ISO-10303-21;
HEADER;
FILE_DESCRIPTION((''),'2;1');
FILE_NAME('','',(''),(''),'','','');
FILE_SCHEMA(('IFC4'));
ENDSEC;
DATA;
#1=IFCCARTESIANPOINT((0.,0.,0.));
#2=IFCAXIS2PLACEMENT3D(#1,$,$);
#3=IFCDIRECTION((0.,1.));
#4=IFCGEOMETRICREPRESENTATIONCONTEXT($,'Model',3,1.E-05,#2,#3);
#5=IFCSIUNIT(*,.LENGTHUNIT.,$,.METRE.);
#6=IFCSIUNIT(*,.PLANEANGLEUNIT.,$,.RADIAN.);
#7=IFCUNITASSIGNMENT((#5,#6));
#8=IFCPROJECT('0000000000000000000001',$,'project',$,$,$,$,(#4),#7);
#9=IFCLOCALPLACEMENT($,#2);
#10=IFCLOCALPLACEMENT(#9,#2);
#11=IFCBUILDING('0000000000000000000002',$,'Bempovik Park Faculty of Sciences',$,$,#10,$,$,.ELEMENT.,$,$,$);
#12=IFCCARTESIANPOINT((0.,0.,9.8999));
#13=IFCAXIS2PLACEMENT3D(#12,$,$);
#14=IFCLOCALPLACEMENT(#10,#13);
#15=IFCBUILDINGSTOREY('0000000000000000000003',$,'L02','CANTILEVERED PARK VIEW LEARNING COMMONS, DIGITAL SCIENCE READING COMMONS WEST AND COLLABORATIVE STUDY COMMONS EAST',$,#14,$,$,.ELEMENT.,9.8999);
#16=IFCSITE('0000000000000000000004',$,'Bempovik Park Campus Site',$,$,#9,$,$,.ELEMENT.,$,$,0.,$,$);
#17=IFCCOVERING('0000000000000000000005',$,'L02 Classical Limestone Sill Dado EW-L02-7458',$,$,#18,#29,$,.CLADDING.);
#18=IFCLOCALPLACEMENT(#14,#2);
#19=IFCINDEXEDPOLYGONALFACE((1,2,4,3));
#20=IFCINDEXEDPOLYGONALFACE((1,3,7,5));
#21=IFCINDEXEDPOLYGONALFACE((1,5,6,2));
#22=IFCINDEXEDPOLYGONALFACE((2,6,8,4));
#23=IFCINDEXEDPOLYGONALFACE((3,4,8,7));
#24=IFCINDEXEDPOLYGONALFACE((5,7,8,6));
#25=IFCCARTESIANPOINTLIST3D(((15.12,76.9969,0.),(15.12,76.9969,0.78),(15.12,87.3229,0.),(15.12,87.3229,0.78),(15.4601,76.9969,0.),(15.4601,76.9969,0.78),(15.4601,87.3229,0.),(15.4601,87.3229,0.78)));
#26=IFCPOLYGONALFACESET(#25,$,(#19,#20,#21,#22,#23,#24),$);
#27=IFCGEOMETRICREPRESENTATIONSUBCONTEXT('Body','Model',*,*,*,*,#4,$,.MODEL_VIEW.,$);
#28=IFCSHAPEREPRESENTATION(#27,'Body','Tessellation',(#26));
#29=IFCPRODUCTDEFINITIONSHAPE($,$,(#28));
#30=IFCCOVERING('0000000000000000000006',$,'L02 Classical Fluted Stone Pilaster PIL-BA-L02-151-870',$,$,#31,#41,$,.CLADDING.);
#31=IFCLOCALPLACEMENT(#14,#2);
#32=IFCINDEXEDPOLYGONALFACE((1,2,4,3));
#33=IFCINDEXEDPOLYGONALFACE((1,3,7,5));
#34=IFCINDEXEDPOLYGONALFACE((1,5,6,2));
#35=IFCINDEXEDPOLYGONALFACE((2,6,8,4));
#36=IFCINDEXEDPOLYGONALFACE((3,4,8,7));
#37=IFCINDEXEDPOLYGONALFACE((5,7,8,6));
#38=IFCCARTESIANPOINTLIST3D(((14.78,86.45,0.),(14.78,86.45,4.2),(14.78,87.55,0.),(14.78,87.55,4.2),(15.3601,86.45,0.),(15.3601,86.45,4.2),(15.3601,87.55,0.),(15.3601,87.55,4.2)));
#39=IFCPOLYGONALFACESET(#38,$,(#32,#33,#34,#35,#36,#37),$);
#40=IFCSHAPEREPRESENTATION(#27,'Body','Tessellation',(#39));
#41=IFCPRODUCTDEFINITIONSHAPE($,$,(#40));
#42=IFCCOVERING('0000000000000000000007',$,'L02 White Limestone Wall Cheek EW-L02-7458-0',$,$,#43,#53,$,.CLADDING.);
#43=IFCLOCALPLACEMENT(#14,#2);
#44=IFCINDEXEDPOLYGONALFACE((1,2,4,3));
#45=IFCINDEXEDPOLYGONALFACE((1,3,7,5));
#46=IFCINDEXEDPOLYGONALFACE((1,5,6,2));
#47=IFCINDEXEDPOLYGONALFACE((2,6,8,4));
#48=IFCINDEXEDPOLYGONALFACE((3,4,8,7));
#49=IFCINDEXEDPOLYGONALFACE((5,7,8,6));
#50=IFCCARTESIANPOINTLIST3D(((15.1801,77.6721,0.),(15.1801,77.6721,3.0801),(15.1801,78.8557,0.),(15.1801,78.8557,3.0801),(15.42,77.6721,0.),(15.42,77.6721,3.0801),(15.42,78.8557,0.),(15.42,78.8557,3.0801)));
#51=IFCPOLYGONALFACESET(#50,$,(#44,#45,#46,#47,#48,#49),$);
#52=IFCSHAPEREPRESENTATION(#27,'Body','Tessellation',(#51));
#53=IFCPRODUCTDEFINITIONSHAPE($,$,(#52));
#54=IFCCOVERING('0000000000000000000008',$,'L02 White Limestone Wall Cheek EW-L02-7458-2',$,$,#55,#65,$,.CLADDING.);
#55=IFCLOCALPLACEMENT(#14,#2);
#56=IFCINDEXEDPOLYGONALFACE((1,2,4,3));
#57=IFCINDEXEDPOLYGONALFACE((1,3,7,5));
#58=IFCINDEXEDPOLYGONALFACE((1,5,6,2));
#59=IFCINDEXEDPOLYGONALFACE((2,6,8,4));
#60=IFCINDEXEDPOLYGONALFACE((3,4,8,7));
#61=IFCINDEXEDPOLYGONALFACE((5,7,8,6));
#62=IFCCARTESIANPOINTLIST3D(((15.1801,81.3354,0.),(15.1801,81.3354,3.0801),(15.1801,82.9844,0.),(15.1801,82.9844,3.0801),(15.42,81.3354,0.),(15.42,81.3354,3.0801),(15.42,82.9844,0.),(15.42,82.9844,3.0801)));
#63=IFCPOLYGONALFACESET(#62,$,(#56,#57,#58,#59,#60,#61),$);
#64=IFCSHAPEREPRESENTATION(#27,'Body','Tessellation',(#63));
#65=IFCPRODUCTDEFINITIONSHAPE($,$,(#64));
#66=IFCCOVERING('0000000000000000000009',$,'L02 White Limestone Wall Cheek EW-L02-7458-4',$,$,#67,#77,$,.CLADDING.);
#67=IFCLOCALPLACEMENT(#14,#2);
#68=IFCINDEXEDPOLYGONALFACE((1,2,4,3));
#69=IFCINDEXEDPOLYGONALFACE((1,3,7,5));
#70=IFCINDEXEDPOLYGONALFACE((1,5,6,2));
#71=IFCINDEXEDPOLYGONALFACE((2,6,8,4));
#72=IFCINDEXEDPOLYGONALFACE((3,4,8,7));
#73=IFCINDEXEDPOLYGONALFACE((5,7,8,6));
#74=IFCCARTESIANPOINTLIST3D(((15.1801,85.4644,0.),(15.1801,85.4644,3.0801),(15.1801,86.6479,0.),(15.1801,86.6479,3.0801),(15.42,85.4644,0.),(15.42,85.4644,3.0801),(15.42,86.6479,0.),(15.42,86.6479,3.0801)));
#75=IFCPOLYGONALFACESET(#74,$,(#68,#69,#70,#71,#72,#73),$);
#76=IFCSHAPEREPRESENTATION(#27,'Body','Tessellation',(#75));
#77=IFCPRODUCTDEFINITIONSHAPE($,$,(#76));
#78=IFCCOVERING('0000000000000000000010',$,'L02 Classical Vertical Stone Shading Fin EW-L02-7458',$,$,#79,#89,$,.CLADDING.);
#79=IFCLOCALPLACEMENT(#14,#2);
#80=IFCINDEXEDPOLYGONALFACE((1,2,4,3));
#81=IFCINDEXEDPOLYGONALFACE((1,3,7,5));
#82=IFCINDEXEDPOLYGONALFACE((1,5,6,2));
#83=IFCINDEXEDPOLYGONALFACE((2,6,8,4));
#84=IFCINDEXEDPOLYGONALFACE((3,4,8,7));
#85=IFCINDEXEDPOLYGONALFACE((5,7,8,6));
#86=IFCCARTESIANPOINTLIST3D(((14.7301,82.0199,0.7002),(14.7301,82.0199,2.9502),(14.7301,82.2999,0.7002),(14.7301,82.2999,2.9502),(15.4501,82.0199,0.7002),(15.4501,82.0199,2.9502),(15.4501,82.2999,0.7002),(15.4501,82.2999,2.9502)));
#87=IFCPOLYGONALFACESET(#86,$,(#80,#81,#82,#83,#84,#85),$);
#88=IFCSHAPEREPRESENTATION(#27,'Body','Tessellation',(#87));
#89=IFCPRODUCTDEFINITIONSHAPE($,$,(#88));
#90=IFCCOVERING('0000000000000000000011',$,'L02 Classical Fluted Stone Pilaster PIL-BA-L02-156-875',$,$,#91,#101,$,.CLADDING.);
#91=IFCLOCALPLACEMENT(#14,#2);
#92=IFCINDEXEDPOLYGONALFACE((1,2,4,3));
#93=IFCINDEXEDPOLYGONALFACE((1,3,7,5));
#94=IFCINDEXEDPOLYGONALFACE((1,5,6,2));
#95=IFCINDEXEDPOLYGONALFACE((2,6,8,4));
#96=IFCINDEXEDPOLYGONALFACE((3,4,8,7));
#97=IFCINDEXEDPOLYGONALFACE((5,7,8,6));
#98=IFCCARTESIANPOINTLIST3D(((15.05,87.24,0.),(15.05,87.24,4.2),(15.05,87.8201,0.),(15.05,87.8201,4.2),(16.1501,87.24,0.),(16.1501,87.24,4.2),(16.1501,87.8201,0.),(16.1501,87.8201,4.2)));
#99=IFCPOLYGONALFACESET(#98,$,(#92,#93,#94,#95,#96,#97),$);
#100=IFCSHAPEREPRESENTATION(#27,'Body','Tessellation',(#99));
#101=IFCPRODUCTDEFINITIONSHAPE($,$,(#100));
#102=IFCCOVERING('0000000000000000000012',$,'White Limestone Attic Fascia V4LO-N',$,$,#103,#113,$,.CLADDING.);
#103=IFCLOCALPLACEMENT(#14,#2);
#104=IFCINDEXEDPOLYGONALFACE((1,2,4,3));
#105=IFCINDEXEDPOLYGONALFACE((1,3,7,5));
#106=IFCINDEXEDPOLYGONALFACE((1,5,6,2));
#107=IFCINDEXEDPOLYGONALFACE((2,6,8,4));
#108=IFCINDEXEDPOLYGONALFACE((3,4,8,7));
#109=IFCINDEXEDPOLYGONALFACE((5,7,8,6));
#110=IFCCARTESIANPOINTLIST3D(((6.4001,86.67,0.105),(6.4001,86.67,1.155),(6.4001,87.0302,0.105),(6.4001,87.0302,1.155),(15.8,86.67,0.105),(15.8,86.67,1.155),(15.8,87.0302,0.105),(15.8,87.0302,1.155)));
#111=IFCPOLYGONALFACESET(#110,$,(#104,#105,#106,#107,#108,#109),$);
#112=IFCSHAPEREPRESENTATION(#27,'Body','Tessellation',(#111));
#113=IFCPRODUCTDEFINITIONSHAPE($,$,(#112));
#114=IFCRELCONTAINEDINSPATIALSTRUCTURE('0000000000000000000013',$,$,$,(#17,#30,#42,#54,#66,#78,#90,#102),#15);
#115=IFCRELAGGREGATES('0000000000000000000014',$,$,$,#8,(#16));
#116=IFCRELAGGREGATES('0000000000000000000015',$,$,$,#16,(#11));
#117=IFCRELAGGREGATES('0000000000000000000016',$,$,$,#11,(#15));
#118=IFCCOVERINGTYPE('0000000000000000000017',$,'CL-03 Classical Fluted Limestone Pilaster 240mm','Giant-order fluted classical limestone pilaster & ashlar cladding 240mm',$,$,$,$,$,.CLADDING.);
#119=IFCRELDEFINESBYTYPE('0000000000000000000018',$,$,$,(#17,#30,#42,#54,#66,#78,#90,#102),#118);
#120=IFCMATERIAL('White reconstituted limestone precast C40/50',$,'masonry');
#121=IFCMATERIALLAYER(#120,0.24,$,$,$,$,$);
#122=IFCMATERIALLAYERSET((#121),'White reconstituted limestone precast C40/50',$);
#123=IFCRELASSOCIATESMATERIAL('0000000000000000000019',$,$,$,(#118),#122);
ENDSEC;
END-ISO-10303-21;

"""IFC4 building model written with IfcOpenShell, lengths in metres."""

from ifc_helpers import new_model, si_unit, direction, frame, origin, origin_2d, place, context, subcontext, project, spatial, rectangle, extrude, material, layer, layer_set, type_object, element, save


model = new_model("IFC4")

# Units and contexts
model_context = context("Model", 3, precision=1e-05, world=origin(), true_north=direction((0.0, 1.0)))
body_context = subcontext(model_context, "Body", "Model", "MODEL_VIEW")
ifc_project = project(units=[si_unit("LENGTHUNIT", "METRE"), si_unit("PLANEANGLEUNIT", "RADIAN")], contexts=[model_context])

# Site, building, storey
site_placement = place(None, origin())
site = spatial("IfcSite", under=ifc_project, at=site_placement, Name="Bempovik Park Campus Site", CompositionType="ELEMENT", RefElevation=0.0)
building_placement = place(site_placement, origin())
building = spatial("IfcBuilding", under=site, at=building_placement, Name="Bempovik Park Faculty of Sciences", CompositionType="ELEMENT")
storey_placement = place(building_placement, frame((0.0, 0.0, 9.8999)))
storey = spatial("IfcBuildingStorey", under=building, at=storey_placement, Name="L02", Description="CANTILEVERED PARK VIEW LEARNING COMMONS, DIGITAL SCIENCE READING COMMONS WEST AND COLLABORATIVE STUDY COMMONS EAST", CompositionType="ELEMENT", Elevation=9.8999)

# Coverings
ifc_material_1 = material(Name="White reconstituted limestone precast C40/50", Category="masonry")
ifc_layer_1 = layer(ifc_material_1, 0.24)
ifc_layer_set_1 = layer_set([ifc_layer_1], Name="White reconstituted limestone precast C40/50")
covering_type_1 = type_object("IfcCoveringType", Name="CL-03 Classical Fluted Limestone Pilaster 240mm", Description="Giant-order fluted classical limestone pilaster & ashlar cladding 240mm", PredefinedType="CLADDING", material=ifc_layer_set_1)
covering_1_placement = place(storey_placement, frame((15.29, 82.1599, 0.0), z_axis=(0.0, 0.0, 1.0), x_axis=(1.0, 0.0, 0.0)))
element("IfcCovering", 1, at=covering_1_placement, inside=storey, type_object=covering_type_1, Name="L02 Classical Limestone Sill Dado EW-L02-7458", PredefinedType="CLADDING", context=body_context, shape_type="SweptSolid", body=[
    extrude(rectangle(XDim=0.3401, YDim=10.3259, at=origin_2d()), origin(), (0.0, 0.0, 1.0), 0.78),
])
covering_2_placement = place(storey_placement, frame((15.0701, 87.0, 0.0), z_axis=(0.0, 0.0, 1.0), x_axis=(1.0, 0.0, 0.0)))
element("IfcCovering", 2, at=covering_2_placement, inside=storey, type_object=covering_type_1, Name="L02 Classical Fluted Stone Pilaster PIL-BA-L02-151-870", PredefinedType="CLADDING", context=body_context, shape_type="SweptSolid", body=[
    extrude(rectangle(XDim=0.5801, YDim=1.1001, at=origin_2d()), origin(), (0.0, 0.0, 1.0), 4.2),
])
covering_3_placement = place(storey_placement, frame((15.3, 78.2639, 0.0), z_axis=(0.0, 0.0, 1.0), x_axis=(1.0, 0.0, 0.0)))
element("IfcCovering", 3, at=covering_3_placement, inside=storey, type_object=covering_type_1, Name="L02 White Limestone Wall Cheek EW-L02-7458-0", PredefinedType="CLADDING", context=body_context, shape_type="SweptSolid", body=[
    extrude(rectangle(XDim=0.24, YDim=1.1836, at=origin_2d()), origin(), (0.0, 0.0, 1.0), 3.0801),
])
covering_4_placement = place(storey_placement, frame((15.3, 82.1599, 0.0), z_axis=(0.0, 0.0, 1.0), x_axis=(1.0, 0.0, 0.0)))
element("IfcCovering", 4, at=covering_4_placement, inside=storey, type_object=covering_type_1, Name="L02 White Limestone Wall Cheek EW-L02-7458-2", PredefinedType="CLADDING", context=body_context, shape_type="SweptSolid", body=[
    extrude(rectangle(XDim=0.24, YDim=1.6489, at=origin_2d()), origin(), (0.0, 0.0, 1.0), 3.0801),
])
covering_5_placement = place(storey_placement, frame((15.3, 86.0562, 0.0), z_axis=(0.0, 0.0, 1.0), x_axis=(1.0, 0.0, 0.0)))
element("IfcCovering", 5, at=covering_5_placement, inside=storey, type_object=covering_type_1, Name="L02 White Limestone Wall Cheek EW-L02-7458-4", PredefinedType="CLADDING", context=body_context, shape_type="SweptSolid", body=[
    extrude(rectangle(XDim=0.24, YDim=1.1836, at=origin_2d()), origin(), (0.0, 0.0, 1.0), 3.0801),
])
covering_6_placement = place(storey_placement, frame((15.0901, 82.1599, 0.7002), z_axis=(0.0, 0.0, 1.0), x_axis=(1.0, 0.0, 0.0)))
element("IfcCovering", 6, at=covering_6_placement, inside=storey, type_object=covering_type_1, Name="L02 Classical Vertical Stone Shading Fin EW-L02-7458", PredefinedType="CLADDING", context=body_context, shape_type="SweptSolid", body=[
    extrude(rectangle(XDim=0.72, YDim=0.28, at=origin_2d()), origin(), (0.0, 0.0, 1.0), 2.25),
])
covering_7_placement = place(storey_placement, frame((15.6001, 87.53, 0.0), z_axis=(0.0, 0.0, 1.0), x_axis=(1.0, 0.0, 0.0)))
element("IfcCovering", 7, at=covering_7_placement, inside=storey, type_object=covering_type_1, Name="L02 Classical Fluted Stone Pilaster PIL-BA-L02-156-875", PredefinedType="CLADDING", context=body_context, shape_type="SweptSolid", body=[
    extrude(rectangle(XDim=1.1001, YDim=0.5801, at=origin_2d()), origin(), (0.0, 0.0, 1.0), 4.2),
])
covering_8_placement = place(storey_placement, frame((11.1001, 86.8501, 0.105), z_axis=(0.0, 0.0, 1.0), x_axis=(1.0, 0.0, 0.0)))
element("IfcCovering", 8, at=covering_8_placement, inside=storey, type_object=covering_type_1, Name="White Limestone Attic Fascia V4LO-N", PredefinedType="CLADDING", context=body_context, shape_type="SweptSolid", body=[
    extrude(rectangle(XDim=9.3999, YDim=0.3601, at=origin_2d()), origin(), (0.0, 0.0, 1.0), 1.05),
])

save(model, "model.ifc")
